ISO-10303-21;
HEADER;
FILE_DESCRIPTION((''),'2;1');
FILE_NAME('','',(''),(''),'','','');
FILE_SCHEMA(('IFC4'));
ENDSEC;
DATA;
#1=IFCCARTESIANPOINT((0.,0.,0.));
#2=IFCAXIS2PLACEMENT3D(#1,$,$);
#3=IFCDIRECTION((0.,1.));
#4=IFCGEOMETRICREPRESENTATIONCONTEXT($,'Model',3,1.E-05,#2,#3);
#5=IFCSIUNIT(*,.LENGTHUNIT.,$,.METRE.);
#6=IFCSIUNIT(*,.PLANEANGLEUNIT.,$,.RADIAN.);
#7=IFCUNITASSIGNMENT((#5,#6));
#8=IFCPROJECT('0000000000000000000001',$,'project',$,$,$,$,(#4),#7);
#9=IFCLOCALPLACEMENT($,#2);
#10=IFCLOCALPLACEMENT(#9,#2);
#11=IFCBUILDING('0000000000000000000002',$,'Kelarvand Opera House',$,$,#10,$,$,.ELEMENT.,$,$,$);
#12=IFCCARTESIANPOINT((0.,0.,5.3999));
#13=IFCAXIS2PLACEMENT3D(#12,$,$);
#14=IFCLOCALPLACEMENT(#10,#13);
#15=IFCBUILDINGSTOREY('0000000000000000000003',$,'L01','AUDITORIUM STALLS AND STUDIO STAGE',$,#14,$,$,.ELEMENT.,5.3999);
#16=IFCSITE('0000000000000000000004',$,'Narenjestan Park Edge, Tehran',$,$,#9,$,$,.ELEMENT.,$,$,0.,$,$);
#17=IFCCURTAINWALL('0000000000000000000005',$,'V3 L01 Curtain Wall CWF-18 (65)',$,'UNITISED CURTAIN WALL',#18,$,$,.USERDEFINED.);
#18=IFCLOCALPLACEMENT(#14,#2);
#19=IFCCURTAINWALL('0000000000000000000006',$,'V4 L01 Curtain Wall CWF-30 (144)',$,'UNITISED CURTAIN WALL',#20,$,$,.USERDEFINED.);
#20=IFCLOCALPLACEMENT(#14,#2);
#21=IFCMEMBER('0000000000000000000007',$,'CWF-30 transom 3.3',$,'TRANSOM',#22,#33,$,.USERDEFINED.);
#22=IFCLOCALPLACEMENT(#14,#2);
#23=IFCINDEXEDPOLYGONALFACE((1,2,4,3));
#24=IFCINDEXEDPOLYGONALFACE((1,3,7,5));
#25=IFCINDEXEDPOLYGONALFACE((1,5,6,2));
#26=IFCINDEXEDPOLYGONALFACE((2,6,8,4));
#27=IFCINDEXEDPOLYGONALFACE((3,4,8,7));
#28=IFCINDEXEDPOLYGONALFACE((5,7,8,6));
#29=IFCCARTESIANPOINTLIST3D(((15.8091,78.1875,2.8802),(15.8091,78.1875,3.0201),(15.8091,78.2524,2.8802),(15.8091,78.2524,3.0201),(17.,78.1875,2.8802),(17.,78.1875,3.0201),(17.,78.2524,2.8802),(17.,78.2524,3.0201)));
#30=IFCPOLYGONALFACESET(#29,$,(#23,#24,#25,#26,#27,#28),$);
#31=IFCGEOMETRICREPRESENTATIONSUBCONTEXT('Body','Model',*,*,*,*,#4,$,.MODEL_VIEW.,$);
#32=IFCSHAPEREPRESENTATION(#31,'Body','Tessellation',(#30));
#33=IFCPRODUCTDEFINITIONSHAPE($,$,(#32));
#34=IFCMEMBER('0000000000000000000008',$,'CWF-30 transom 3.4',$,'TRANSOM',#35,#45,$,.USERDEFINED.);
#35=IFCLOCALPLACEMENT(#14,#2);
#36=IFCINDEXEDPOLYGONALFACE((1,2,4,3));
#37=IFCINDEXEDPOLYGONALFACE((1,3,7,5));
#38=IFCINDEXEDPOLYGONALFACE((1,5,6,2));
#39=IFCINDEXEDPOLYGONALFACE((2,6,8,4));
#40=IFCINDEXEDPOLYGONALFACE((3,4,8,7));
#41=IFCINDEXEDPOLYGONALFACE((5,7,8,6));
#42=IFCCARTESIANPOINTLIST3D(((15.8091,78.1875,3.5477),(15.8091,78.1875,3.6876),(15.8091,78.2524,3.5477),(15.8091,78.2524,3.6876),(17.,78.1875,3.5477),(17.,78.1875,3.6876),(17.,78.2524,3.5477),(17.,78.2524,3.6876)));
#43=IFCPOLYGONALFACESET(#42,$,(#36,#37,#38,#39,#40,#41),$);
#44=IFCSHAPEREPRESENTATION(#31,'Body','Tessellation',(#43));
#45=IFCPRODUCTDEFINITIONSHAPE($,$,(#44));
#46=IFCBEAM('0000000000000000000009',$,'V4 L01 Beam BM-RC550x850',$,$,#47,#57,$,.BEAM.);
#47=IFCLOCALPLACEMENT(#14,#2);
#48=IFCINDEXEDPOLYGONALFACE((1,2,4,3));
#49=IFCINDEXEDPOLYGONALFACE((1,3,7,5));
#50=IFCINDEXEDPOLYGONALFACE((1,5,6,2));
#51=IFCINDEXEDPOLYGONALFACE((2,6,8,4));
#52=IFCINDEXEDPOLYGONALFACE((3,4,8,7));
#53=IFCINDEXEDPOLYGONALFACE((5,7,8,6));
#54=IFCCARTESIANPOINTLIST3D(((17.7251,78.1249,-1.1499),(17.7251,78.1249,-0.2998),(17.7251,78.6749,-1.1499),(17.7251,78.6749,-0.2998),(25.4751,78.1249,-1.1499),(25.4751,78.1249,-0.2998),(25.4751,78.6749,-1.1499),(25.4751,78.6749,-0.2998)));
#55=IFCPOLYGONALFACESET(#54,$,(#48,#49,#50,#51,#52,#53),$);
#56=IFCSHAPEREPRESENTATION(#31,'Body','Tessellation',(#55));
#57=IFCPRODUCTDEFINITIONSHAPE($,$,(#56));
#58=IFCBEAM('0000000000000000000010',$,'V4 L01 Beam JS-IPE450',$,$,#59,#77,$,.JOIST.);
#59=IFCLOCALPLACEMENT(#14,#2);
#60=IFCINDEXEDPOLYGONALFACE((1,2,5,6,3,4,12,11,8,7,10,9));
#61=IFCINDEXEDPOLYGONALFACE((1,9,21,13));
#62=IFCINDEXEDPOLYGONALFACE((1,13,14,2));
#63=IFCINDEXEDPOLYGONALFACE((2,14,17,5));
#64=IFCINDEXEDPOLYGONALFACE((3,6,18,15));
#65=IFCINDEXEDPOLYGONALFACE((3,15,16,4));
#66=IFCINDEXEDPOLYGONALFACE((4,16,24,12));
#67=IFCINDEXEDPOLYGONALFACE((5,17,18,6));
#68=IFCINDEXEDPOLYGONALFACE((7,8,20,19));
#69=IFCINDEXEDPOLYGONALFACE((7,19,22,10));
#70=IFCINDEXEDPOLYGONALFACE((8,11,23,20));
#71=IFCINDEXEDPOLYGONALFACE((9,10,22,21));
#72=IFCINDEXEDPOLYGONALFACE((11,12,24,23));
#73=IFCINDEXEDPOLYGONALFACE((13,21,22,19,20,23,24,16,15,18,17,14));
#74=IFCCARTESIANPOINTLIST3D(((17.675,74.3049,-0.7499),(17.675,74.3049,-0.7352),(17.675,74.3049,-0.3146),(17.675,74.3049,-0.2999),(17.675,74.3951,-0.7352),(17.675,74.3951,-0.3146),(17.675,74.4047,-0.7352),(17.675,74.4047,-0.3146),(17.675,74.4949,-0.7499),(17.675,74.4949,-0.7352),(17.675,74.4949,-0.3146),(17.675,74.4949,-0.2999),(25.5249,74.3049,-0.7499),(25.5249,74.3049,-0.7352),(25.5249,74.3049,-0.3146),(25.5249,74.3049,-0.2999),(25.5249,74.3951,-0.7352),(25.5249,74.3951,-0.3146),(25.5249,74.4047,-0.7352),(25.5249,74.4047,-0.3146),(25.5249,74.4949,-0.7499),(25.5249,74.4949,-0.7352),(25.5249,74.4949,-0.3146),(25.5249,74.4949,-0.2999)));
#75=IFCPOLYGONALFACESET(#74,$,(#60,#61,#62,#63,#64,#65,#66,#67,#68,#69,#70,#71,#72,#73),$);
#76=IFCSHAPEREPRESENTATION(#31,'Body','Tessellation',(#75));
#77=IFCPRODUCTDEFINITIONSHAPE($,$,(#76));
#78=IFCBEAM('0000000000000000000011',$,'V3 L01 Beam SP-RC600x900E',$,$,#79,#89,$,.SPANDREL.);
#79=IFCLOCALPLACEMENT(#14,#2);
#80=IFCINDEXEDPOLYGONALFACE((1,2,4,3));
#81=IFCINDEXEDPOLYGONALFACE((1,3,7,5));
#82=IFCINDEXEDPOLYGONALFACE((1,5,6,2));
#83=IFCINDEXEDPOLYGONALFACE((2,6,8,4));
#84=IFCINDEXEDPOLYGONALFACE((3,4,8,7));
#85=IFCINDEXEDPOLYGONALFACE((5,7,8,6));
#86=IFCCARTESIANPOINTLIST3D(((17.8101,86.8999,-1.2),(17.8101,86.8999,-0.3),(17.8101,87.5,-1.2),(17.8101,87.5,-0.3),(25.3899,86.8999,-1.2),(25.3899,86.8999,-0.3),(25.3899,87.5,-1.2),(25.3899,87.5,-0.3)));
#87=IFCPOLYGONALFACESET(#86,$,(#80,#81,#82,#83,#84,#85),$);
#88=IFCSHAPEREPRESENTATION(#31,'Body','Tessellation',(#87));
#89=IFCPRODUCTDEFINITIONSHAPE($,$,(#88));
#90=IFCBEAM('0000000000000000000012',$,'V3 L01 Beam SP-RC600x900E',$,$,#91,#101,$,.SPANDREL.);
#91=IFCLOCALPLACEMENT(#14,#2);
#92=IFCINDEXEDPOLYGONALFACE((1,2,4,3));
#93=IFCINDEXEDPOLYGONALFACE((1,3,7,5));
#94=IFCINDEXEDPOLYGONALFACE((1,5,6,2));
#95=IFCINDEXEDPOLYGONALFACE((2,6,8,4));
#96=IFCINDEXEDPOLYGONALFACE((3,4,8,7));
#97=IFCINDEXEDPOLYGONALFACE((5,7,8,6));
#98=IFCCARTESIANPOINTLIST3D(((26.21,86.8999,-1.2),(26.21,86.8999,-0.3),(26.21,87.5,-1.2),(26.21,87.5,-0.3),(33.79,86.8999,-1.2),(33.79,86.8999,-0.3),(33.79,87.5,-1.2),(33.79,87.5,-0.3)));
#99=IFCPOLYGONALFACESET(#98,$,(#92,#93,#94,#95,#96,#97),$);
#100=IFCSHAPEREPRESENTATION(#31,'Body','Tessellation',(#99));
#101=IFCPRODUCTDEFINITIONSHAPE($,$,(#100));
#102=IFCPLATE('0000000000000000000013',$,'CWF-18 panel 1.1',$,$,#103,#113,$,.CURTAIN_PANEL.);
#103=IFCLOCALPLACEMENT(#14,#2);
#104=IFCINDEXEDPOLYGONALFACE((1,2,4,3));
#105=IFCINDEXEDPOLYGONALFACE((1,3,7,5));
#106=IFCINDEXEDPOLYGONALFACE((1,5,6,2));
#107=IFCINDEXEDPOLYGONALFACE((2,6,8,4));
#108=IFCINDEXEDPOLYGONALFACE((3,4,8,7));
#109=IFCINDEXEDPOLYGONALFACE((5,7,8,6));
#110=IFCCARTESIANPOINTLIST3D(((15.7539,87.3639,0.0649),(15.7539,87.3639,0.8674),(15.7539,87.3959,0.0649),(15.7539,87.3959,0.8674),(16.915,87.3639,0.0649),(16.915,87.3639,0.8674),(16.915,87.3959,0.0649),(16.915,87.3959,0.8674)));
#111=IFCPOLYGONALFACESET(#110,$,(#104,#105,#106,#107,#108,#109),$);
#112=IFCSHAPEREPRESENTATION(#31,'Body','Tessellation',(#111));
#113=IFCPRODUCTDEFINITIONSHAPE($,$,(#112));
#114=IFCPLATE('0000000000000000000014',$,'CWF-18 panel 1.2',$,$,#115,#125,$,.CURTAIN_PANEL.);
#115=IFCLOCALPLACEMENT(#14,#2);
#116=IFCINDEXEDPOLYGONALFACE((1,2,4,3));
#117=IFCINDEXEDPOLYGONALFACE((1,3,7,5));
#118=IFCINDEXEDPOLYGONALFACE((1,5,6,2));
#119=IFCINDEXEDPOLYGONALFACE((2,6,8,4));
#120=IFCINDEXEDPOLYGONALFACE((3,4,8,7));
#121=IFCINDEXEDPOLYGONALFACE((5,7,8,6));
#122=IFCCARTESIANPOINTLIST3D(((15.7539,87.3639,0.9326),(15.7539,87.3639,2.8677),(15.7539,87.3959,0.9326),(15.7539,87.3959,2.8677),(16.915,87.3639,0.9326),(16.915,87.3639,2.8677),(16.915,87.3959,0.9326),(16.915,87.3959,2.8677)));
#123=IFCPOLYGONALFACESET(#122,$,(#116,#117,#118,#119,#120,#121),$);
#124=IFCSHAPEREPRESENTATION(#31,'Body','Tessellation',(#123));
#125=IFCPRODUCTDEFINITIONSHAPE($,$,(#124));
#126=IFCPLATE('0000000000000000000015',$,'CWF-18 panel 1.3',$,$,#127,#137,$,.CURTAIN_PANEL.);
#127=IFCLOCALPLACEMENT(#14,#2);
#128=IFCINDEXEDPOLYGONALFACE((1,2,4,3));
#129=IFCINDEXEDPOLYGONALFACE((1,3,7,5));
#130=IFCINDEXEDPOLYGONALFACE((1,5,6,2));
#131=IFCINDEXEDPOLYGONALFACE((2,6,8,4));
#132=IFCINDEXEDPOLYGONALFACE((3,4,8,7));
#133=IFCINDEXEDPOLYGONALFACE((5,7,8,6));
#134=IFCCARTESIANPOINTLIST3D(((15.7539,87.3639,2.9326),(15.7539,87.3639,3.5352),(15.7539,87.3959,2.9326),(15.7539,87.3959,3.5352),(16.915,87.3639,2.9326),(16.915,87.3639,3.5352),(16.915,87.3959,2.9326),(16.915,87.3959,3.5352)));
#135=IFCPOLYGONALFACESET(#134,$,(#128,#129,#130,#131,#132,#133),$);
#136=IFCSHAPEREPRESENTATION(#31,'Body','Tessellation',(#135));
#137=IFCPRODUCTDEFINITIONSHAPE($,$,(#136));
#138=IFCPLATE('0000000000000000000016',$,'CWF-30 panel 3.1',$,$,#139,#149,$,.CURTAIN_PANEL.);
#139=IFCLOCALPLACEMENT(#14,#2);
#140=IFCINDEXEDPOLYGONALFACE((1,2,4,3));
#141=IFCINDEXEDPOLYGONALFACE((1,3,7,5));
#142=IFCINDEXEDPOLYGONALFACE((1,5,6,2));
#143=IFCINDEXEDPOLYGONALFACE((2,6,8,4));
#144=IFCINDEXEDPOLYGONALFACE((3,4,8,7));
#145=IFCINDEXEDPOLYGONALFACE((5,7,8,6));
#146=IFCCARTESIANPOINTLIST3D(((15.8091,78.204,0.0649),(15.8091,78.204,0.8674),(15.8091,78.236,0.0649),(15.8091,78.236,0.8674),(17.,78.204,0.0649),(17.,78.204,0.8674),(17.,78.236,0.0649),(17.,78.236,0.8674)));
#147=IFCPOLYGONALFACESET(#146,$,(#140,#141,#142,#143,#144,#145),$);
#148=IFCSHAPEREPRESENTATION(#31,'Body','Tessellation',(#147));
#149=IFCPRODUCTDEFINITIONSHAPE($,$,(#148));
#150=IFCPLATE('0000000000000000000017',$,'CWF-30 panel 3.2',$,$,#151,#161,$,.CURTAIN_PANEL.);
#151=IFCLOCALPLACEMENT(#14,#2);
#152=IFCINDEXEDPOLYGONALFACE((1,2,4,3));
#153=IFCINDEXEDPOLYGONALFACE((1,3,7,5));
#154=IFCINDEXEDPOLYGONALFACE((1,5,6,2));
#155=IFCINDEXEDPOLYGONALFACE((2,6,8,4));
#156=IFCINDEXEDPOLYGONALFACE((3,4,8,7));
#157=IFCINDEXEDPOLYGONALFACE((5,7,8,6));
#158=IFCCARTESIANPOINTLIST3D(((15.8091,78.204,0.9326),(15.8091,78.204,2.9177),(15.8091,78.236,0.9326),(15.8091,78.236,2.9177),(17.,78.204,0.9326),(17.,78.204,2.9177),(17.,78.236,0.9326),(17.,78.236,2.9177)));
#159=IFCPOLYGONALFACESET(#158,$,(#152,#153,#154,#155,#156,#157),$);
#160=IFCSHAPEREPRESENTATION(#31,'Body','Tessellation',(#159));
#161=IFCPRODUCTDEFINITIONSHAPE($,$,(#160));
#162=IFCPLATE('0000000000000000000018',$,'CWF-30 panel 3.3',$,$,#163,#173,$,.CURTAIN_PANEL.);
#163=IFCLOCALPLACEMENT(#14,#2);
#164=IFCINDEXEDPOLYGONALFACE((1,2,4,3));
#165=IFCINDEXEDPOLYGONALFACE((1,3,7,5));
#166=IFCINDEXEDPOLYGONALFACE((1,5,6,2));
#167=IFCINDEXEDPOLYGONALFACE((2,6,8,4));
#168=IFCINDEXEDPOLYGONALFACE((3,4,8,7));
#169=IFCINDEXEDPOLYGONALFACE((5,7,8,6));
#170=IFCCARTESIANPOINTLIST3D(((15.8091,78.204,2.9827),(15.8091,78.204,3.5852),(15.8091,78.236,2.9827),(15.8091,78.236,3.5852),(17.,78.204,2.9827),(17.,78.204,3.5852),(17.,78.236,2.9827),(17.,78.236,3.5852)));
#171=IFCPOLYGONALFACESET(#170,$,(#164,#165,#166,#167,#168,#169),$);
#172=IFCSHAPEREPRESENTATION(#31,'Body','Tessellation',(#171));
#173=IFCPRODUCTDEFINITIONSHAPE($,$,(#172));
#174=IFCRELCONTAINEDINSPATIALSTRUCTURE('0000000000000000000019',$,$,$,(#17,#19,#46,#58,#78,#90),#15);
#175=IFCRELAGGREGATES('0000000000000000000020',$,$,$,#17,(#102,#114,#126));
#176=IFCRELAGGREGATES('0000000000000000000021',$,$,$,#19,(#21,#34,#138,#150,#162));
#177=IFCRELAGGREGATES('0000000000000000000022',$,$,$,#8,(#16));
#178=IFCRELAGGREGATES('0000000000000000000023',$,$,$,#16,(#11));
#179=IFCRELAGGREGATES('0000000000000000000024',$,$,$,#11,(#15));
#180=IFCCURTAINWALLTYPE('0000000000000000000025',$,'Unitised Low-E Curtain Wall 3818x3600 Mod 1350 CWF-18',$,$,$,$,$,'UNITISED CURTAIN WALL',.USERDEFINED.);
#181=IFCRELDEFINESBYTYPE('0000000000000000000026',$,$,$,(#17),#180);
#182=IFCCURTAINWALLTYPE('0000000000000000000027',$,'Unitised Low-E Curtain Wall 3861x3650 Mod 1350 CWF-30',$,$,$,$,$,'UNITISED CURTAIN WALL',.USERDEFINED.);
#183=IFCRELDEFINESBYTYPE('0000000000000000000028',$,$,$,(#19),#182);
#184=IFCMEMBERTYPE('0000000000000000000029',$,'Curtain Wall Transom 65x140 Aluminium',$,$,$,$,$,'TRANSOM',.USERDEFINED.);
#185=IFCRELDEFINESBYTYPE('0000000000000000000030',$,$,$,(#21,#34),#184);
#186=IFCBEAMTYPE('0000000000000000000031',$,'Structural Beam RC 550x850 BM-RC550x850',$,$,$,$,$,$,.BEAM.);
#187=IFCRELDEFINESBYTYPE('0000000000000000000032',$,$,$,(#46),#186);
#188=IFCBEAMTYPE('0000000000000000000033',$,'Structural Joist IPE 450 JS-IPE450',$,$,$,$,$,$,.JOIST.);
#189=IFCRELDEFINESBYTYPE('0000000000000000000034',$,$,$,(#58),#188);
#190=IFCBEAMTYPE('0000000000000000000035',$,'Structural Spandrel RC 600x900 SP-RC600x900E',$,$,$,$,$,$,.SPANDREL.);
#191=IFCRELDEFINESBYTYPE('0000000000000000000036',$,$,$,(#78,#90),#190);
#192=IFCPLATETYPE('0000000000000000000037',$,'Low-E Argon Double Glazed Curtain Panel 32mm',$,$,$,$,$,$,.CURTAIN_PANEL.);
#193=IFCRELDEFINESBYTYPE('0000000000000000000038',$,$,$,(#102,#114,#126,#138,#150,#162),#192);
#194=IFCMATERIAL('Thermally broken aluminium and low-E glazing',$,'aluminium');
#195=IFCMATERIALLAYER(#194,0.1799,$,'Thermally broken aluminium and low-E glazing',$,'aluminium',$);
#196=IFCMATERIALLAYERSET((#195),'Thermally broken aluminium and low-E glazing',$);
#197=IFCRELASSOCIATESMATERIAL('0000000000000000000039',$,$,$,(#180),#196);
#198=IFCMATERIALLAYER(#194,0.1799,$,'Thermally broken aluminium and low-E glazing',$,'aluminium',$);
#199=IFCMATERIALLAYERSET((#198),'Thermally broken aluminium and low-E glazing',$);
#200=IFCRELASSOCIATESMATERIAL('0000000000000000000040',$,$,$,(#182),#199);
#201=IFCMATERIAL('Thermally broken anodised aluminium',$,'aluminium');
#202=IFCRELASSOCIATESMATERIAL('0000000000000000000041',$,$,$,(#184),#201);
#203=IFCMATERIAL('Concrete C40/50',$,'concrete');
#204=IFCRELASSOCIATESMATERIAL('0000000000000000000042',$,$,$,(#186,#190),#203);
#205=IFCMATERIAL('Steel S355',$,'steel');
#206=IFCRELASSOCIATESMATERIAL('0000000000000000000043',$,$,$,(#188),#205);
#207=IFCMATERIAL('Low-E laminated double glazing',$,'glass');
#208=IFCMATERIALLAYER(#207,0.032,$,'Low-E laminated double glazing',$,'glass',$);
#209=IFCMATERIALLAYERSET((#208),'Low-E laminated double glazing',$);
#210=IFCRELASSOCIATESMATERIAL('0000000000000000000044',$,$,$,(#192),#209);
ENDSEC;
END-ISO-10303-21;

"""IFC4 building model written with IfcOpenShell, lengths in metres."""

from ifc_helpers import new_model, si_unit, direction, frame, origin, origin_2d, place, context, subcontext, project, spatial, rectangle, i_section, extrude, material, layer, layer_set, material_profile, profile_set, type_object, element, aggregate, save


model = new_model("IFC4")

# Units and contexts
model_context = context("Model", 3, precision=1e-05, world=origin(), true_north=direction((0.0, 1.0)))
body_context = subcontext(model_context, "Body", "Model", "MODEL_VIEW")
ifc_project = project(units=[si_unit("LENGTHUNIT", "METRE"), si_unit("PLANEANGLEUNIT", "RADIAN")], contexts=[model_context])

# Site, building, storey
site_placement = place(None, origin())
site = spatial("IfcSite", under=ifc_project, at=site_placement, Name="Narenjestan Park Edge, Tehran", CompositionType="ELEMENT", RefElevation=0.0)
building_placement = place(site_placement, origin())
building = spatial("IfcBuilding", under=site, at=building_placement, Name="Kelarvand Opera House", CompositionType="ELEMENT")
storey_placement = place(building_placement, frame((0.0, 0.0, 5.3999)))
storey = spatial("IfcBuildingStorey", under=building, at=storey_placement, Name="L01", Description="AUDITORIUM STALLS AND STUDIO STAGE", CompositionType="ELEMENT", Elevation=5.3999)

# Shared definitions
ifc_material_1 = material(Name="Concrete C40/50", Category="concrete")

# Curtain wall
ifc_material_2 = material(Name="Thermally broken aluminium and low-E glazing", Category="aluminium")
ifc_layer_1 = layer(ifc_material_2, 0.1799, Name="Thermally broken aluminium and low-E glazing", Category="aluminium")
ifc_layer_set_1 = layer_set([ifc_layer_1], Name="Thermally broken aluminium and low-E glazing")
curtain_wall_type_1 = type_object("IfcCurtainWallType", Name="Unitised Low-E Curtain Wall 3818x3600 Mod 1350 CWF-18", ElementType="UNITISED CURTAIN WALL", PredefinedType="USERDEFINED", material=ifc_layer_set_1)
curtain_wall_1_placement = place(storey_placement, origin())
curtain_wall_1 = element("IfcCurtainWall", 1, at=curtain_wall_1_placement, inside=storey, type_object=curtain_wall_type_1, Name="V3 L01 Curtain Wall CWF-18 (65)", ObjectType="UNITISED CURTAIN WALL", PredefinedType="USERDEFINED")
ifc_material_3 = material(Name="Thermally broken anodised aluminium", Category="aluminium")

# Curtain wall
ifc_layer_2 = layer(ifc_material_2, 0.1799, Name="Thermally broken aluminium and low-E glazing", Category="aluminium")
ifc_layer_set_2 = layer_set([ifc_layer_2], Name="Thermally broken aluminium and low-E glazing")
curtain_wall_type_2 = type_object("IfcCurtainWallType", Name="Unitised Low-E Curtain Wall 3861x3650 Mod 1350 CWF-30", ElementType="UNITISED CURTAIN WALL", PredefinedType="USERDEFINED", material=ifc_layer_set_2)
curtain_wall_2_placement = place(storey_placement, origin())
curtain_wall_2 = element("IfcCurtainWall", 2, at=curtain_wall_2_placement, inside=storey, type_object=curtain_wall_type_2, Name="V4 L01 Curtain Wall CWF-30 (144)", ObjectType="UNITISED CURTAIN WALL", PredefinedType="USERDEFINED")

# Members
ifc_material_profile_1 = material_profile(ifc_material_3, rectangle(XDim=0.0649, YDim=0.1399, at=origin_2d()), Name="ALU TRANSOM 65x140", Category="aluminium")
ifc_profile_set_1 = profile_set([ifc_material_profile_1], Name="Thermally broken anodised aluminium")
member_type_1 = type_object("IfcMemberType", Name="Curtain Wall Transom 65x140 Aluminium", ElementType="TRANSOM", PredefinedType="USERDEFINED", material=ifc_profile_set_1)
member_1_placement = place(storey_placement, frame((15.8091, 78.22, 2.9502), z_axis=(1.0, 0.0, 0.0), x_axis=(0.0, 1.0, 0.0)))
member_1 = element("IfcMember", 3, at=member_1_placement, type_object=member_type_1, Name="CWF-30 transom 3.3", ObjectType="TRANSOM", PredefinedType="USERDEFINED", context=body_context, shape_type="SweptSolid", body=[
    extrude(rectangle(XDim=0.0649, YDim=0.1399, at=origin_2d()), origin(), (0.0, 0.0, 1.0), 1.1909),
])
member_2_placement = place(storey_placement, frame((15.8091, 78.22, 3.6177), z_axis=(1.0, 0.0, 0.0), x_axis=(0.0, 1.0, 0.0)))
member_2 = element("IfcMember", 4, at=member_2_placement, type_object=member_type_1, Name="CWF-30 transom 3.4", ObjectType="TRANSOM", PredefinedType="USERDEFINED", context=body_context, shape_type="SweptSolid", body=[
    extrude(rectangle(XDim=0.0649, YDim=0.1399, at=origin_2d()), origin(), (0.0, 0.0, 1.0), 1.1909),
])

# Beams
ifc_material_profile_2 = material_profile(ifc_material_1, rectangle(XDim=0.55, YDim=0.8501, at=origin_2d()), Name="RC 550x850", Category="concrete")
ifc_profile_set_2 = profile_set([ifc_material_profile_2], Name="Concrete C40/50")
beam_type_1 = type_object("IfcBeamType", Name="Structural Beam RC 550x850 BM-RC550x850", PredefinedType="BEAM", material=ifc_profile_set_2)
beam_1_placement = place(storey_placement, frame((17.7251, 78.3999, -0.7249), z_axis=(1.0, 0.0, 0.0), x_axis=(0.0, 1.0, 0.0)))
element("IfcBeam", 5, at=beam_1_placement, inside=storey, type_object=beam_type_1, Name="V4 L01 Beam BM-RC550x850", PredefinedType="BEAM", context=body_context, shape_type="SweptSolid", body=[
    extrude(rectangle(XDim=0.55, YDim=0.8501, at=origin_2d()), origin(), (0.0, 0.0, 1.0), 7.75),
])
ifc_material_4 = material(Name="Steel S355", Category="steel")
ifc_material_profile_3 = material_profile(ifc_material_4, i_section(OverallWidth=0.1899, OverallDepth=0.45, WebThickness=0.0095, FlangeThickness=0.0146, at=origin_2d()), Name="IPE 450", Category="steel")
ifc_profile_set_3 = profile_set([ifc_material_profile_3], Name="Steel S355")
beam_type_2 = type_object("IfcBeamType", Name="Structural Joist IPE 450 JS-IPE450", PredefinedType="JOIST", material=ifc_profile_set_3)
beam_2_placement = place(storey_placement, frame((17.675, 74.3999, -0.5249), z_axis=(1.0, 0.0, 0.0), x_axis=(0.0, 1.0, 0.0)))
element("IfcBeam", 6, at=beam_2_placement, inside=storey, type_object=beam_type_2, Name="V4 L01 Beam JS-IPE450", PredefinedType="JOIST", context=body_context, shape_type="SweptSolid", body=[
    extrude(i_section(OverallWidth=0.1899, OverallDepth=0.45, WebThickness=0.0095, FlangeThickness=0.0146, at=origin_2d()), origin(), (0.0, 0.0, 1.0), 7.8499),
])
ifc_material_profile_4 = material_profile(ifc_material_1, rectangle(XDim=0.6001, YDim=0.8999, at=origin_2d()), Name="RC 600x900", Category="concrete")
ifc_profile_set_4 = profile_set([ifc_material_profile_4], Name="Concrete C40/50")
beam_type_3 = type_object("IfcBeamType", Name="Structural Spandrel RC 600x900 SP-RC600x900E", PredefinedType="SPANDREL", material=ifc_profile_set_4)
beam_3_placement = place(storey_placement, frame((17.8101, 87.2, -0.75), z_axis=(1.0, 0.0, 0.0), x_axis=(0.0, 1.0, 0.0)))
element("IfcBeam", 7, at=beam_3_placement, inside=storey, type_object=beam_type_3, Name="V3 L01 Beam SP-RC600x900E", PredefinedType="SPANDREL", context=body_context, shape_type="SweptSolid", body=[
    extrude(rectangle(XDim=0.6001, YDim=0.8999, at=origin_2d()), origin(), (0.0, 0.0, 1.0), 7.5798),
])
beam_4_placement = place(storey_placement, frame((26.21, 87.2, -0.75), z_axis=(1.0, 0.0, 0.0), x_axis=(0.0, 1.0, 0.0)))
element("IfcBeam", 8, at=beam_4_placement, inside=storey, type_object=beam_type_3, Name="V3 L01 Beam SP-RC600x900E", PredefinedType="SPANDREL", context=body_context, shape_type="SweptSolid", body=[
    extrude(rectangle(XDim=0.6001, YDim=0.8999, at=origin_2d()), origin(), (0.0, 0.0, 1.0), 7.5801),
])

# Plates
ifc_material_5 = material(Name="Low-E laminated double glazing", Category="glass")
ifc_layer_3 = layer(ifc_material_5, 0.032, Name="Low-E laminated double glazing", Category="glass")
ifc_layer_set_3 = layer_set([ifc_layer_3], Name="Low-E laminated double glazing")
plate_type = type_object("IfcPlateType", Name="Low-E Argon Double Glazed Curtain Panel 32mm", PredefinedType="CURTAIN_PANEL", material=ifc_layer_set_3)
plate_1_placement = place(storey_placement, frame((16.3345, 87.3799, 0.0649), z_axis=(0.0, 0.0, 1.0), x_axis=(-1.0, 0.0, 0.0)))
plate_1 = element("IfcPlate", 9, at=plate_1_placement, type_object=plate_type, Name="CWF-18 panel 1.1", PredefinedType="CURTAIN_PANEL", context=body_context, shape_type="SweptSolid", body=[
    extrude(rectangle(XDim=1.1611, YDim=0.032, at=origin_2d()), origin(), (0.0, 0.0, 1.0), 0.8025),
])
plate_2_placement = place(storey_placement, frame((16.3345, 87.3799, 0.9326), z_axis=(0.0, 0.0, 1.0), x_axis=(-1.0, 0.0, 0.0)))
plate_2 = element("IfcPlate", 10, at=plate_2_placement, type_object=plate_type, Name="CWF-18 panel 1.2", PredefinedType="CURTAIN_PANEL", context=body_context, shape_type="SweptSolid", body=[
    extrude(rectangle(XDim=1.1611, YDim=0.032, at=origin_2d()), origin(), (0.0, 0.0, 1.0), 1.9351),
])
plate_3_placement = place(storey_placement, frame((16.3345, 87.3799, 2.9326), z_axis=(0.0, 0.0, 1.0), x_axis=(-1.0, 0.0, 0.0)))
plate_3 = element("IfcPlate", 11, at=plate_3_placement, type_object=plate_type, Name="CWF-18 panel 1.3", PredefinedType="CURTAIN_PANEL", context=body_context, shape_type="SweptSolid", body=[
    extrude(rectangle(XDim=1.1611, YDim=0.032, at=origin_2d()), origin(), (0.0, 0.0, 1.0), 0.6025),
])
aggregate(curtain_wall_1, [plate_1, plate_2, plate_3])
plate_4_placement = place(storey_placement, frame((16.4045, 78.22, 0.0649), z_axis=(0.0, 0.0, 1.0), x_axis=(1.0, 0.0, 0.0)))
plate_4 = element("IfcPlate", 12, at=plate_4_placement, type_object=plate_type, Name="CWF-30 panel 3.1", PredefinedType="CURTAIN_PANEL", context=body_context, shape_type="SweptSolid", body=[
    extrude(rectangle(XDim=1.1909, YDim=0.032, at=origin_2d()), origin(), (0.0, 0.0, 1.0), 0.8025),
])
plate_5_placement = place(storey_placement, frame((16.4045, 78.22, 0.9326), z_axis=(0.0, 0.0, 1.0), x_axis=(1.0, 0.0, 0.0)))
plate_5 = element("IfcPlate", 13, at=plate_5_placement, type_object=plate_type, Name="CWF-30 panel 3.2", PredefinedType="CURTAIN_PANEL", context=body_context, shape_type="SweptSolid", body=[
    extrude(rectangle(XDim=1.1909, YDim=0.032, at=origin_2d()), origin(), (0.0, 0.0, 1.0), 1.9851),
])
plate_6_placement = place(storey_placement, frame((16.4045, 78.22, 2.9827), z_axis=(0.0, 0.0, 1.0), x_axis=(1.0, 0.0, 0.0)))
plate_6 = element("IfcPlate", 14, at=plate_6_placement, type_object=plate_type, Name="CWF-30 panel 3.3", PredefinedType="CURTAIN_PANEL", context=body_context, shape_type="SweptSolid", body=[
    extrude(rectangle(XDim=1.1909, YDim=0.032, at=origin_2d()), origin(), (0.0, 0.0, 1.0), 0.6025),
])
aggregate(curtain_wall_2, [member_1, member_2, plate_4, plate_5, plate_6])

save(model, "model.ifc")
